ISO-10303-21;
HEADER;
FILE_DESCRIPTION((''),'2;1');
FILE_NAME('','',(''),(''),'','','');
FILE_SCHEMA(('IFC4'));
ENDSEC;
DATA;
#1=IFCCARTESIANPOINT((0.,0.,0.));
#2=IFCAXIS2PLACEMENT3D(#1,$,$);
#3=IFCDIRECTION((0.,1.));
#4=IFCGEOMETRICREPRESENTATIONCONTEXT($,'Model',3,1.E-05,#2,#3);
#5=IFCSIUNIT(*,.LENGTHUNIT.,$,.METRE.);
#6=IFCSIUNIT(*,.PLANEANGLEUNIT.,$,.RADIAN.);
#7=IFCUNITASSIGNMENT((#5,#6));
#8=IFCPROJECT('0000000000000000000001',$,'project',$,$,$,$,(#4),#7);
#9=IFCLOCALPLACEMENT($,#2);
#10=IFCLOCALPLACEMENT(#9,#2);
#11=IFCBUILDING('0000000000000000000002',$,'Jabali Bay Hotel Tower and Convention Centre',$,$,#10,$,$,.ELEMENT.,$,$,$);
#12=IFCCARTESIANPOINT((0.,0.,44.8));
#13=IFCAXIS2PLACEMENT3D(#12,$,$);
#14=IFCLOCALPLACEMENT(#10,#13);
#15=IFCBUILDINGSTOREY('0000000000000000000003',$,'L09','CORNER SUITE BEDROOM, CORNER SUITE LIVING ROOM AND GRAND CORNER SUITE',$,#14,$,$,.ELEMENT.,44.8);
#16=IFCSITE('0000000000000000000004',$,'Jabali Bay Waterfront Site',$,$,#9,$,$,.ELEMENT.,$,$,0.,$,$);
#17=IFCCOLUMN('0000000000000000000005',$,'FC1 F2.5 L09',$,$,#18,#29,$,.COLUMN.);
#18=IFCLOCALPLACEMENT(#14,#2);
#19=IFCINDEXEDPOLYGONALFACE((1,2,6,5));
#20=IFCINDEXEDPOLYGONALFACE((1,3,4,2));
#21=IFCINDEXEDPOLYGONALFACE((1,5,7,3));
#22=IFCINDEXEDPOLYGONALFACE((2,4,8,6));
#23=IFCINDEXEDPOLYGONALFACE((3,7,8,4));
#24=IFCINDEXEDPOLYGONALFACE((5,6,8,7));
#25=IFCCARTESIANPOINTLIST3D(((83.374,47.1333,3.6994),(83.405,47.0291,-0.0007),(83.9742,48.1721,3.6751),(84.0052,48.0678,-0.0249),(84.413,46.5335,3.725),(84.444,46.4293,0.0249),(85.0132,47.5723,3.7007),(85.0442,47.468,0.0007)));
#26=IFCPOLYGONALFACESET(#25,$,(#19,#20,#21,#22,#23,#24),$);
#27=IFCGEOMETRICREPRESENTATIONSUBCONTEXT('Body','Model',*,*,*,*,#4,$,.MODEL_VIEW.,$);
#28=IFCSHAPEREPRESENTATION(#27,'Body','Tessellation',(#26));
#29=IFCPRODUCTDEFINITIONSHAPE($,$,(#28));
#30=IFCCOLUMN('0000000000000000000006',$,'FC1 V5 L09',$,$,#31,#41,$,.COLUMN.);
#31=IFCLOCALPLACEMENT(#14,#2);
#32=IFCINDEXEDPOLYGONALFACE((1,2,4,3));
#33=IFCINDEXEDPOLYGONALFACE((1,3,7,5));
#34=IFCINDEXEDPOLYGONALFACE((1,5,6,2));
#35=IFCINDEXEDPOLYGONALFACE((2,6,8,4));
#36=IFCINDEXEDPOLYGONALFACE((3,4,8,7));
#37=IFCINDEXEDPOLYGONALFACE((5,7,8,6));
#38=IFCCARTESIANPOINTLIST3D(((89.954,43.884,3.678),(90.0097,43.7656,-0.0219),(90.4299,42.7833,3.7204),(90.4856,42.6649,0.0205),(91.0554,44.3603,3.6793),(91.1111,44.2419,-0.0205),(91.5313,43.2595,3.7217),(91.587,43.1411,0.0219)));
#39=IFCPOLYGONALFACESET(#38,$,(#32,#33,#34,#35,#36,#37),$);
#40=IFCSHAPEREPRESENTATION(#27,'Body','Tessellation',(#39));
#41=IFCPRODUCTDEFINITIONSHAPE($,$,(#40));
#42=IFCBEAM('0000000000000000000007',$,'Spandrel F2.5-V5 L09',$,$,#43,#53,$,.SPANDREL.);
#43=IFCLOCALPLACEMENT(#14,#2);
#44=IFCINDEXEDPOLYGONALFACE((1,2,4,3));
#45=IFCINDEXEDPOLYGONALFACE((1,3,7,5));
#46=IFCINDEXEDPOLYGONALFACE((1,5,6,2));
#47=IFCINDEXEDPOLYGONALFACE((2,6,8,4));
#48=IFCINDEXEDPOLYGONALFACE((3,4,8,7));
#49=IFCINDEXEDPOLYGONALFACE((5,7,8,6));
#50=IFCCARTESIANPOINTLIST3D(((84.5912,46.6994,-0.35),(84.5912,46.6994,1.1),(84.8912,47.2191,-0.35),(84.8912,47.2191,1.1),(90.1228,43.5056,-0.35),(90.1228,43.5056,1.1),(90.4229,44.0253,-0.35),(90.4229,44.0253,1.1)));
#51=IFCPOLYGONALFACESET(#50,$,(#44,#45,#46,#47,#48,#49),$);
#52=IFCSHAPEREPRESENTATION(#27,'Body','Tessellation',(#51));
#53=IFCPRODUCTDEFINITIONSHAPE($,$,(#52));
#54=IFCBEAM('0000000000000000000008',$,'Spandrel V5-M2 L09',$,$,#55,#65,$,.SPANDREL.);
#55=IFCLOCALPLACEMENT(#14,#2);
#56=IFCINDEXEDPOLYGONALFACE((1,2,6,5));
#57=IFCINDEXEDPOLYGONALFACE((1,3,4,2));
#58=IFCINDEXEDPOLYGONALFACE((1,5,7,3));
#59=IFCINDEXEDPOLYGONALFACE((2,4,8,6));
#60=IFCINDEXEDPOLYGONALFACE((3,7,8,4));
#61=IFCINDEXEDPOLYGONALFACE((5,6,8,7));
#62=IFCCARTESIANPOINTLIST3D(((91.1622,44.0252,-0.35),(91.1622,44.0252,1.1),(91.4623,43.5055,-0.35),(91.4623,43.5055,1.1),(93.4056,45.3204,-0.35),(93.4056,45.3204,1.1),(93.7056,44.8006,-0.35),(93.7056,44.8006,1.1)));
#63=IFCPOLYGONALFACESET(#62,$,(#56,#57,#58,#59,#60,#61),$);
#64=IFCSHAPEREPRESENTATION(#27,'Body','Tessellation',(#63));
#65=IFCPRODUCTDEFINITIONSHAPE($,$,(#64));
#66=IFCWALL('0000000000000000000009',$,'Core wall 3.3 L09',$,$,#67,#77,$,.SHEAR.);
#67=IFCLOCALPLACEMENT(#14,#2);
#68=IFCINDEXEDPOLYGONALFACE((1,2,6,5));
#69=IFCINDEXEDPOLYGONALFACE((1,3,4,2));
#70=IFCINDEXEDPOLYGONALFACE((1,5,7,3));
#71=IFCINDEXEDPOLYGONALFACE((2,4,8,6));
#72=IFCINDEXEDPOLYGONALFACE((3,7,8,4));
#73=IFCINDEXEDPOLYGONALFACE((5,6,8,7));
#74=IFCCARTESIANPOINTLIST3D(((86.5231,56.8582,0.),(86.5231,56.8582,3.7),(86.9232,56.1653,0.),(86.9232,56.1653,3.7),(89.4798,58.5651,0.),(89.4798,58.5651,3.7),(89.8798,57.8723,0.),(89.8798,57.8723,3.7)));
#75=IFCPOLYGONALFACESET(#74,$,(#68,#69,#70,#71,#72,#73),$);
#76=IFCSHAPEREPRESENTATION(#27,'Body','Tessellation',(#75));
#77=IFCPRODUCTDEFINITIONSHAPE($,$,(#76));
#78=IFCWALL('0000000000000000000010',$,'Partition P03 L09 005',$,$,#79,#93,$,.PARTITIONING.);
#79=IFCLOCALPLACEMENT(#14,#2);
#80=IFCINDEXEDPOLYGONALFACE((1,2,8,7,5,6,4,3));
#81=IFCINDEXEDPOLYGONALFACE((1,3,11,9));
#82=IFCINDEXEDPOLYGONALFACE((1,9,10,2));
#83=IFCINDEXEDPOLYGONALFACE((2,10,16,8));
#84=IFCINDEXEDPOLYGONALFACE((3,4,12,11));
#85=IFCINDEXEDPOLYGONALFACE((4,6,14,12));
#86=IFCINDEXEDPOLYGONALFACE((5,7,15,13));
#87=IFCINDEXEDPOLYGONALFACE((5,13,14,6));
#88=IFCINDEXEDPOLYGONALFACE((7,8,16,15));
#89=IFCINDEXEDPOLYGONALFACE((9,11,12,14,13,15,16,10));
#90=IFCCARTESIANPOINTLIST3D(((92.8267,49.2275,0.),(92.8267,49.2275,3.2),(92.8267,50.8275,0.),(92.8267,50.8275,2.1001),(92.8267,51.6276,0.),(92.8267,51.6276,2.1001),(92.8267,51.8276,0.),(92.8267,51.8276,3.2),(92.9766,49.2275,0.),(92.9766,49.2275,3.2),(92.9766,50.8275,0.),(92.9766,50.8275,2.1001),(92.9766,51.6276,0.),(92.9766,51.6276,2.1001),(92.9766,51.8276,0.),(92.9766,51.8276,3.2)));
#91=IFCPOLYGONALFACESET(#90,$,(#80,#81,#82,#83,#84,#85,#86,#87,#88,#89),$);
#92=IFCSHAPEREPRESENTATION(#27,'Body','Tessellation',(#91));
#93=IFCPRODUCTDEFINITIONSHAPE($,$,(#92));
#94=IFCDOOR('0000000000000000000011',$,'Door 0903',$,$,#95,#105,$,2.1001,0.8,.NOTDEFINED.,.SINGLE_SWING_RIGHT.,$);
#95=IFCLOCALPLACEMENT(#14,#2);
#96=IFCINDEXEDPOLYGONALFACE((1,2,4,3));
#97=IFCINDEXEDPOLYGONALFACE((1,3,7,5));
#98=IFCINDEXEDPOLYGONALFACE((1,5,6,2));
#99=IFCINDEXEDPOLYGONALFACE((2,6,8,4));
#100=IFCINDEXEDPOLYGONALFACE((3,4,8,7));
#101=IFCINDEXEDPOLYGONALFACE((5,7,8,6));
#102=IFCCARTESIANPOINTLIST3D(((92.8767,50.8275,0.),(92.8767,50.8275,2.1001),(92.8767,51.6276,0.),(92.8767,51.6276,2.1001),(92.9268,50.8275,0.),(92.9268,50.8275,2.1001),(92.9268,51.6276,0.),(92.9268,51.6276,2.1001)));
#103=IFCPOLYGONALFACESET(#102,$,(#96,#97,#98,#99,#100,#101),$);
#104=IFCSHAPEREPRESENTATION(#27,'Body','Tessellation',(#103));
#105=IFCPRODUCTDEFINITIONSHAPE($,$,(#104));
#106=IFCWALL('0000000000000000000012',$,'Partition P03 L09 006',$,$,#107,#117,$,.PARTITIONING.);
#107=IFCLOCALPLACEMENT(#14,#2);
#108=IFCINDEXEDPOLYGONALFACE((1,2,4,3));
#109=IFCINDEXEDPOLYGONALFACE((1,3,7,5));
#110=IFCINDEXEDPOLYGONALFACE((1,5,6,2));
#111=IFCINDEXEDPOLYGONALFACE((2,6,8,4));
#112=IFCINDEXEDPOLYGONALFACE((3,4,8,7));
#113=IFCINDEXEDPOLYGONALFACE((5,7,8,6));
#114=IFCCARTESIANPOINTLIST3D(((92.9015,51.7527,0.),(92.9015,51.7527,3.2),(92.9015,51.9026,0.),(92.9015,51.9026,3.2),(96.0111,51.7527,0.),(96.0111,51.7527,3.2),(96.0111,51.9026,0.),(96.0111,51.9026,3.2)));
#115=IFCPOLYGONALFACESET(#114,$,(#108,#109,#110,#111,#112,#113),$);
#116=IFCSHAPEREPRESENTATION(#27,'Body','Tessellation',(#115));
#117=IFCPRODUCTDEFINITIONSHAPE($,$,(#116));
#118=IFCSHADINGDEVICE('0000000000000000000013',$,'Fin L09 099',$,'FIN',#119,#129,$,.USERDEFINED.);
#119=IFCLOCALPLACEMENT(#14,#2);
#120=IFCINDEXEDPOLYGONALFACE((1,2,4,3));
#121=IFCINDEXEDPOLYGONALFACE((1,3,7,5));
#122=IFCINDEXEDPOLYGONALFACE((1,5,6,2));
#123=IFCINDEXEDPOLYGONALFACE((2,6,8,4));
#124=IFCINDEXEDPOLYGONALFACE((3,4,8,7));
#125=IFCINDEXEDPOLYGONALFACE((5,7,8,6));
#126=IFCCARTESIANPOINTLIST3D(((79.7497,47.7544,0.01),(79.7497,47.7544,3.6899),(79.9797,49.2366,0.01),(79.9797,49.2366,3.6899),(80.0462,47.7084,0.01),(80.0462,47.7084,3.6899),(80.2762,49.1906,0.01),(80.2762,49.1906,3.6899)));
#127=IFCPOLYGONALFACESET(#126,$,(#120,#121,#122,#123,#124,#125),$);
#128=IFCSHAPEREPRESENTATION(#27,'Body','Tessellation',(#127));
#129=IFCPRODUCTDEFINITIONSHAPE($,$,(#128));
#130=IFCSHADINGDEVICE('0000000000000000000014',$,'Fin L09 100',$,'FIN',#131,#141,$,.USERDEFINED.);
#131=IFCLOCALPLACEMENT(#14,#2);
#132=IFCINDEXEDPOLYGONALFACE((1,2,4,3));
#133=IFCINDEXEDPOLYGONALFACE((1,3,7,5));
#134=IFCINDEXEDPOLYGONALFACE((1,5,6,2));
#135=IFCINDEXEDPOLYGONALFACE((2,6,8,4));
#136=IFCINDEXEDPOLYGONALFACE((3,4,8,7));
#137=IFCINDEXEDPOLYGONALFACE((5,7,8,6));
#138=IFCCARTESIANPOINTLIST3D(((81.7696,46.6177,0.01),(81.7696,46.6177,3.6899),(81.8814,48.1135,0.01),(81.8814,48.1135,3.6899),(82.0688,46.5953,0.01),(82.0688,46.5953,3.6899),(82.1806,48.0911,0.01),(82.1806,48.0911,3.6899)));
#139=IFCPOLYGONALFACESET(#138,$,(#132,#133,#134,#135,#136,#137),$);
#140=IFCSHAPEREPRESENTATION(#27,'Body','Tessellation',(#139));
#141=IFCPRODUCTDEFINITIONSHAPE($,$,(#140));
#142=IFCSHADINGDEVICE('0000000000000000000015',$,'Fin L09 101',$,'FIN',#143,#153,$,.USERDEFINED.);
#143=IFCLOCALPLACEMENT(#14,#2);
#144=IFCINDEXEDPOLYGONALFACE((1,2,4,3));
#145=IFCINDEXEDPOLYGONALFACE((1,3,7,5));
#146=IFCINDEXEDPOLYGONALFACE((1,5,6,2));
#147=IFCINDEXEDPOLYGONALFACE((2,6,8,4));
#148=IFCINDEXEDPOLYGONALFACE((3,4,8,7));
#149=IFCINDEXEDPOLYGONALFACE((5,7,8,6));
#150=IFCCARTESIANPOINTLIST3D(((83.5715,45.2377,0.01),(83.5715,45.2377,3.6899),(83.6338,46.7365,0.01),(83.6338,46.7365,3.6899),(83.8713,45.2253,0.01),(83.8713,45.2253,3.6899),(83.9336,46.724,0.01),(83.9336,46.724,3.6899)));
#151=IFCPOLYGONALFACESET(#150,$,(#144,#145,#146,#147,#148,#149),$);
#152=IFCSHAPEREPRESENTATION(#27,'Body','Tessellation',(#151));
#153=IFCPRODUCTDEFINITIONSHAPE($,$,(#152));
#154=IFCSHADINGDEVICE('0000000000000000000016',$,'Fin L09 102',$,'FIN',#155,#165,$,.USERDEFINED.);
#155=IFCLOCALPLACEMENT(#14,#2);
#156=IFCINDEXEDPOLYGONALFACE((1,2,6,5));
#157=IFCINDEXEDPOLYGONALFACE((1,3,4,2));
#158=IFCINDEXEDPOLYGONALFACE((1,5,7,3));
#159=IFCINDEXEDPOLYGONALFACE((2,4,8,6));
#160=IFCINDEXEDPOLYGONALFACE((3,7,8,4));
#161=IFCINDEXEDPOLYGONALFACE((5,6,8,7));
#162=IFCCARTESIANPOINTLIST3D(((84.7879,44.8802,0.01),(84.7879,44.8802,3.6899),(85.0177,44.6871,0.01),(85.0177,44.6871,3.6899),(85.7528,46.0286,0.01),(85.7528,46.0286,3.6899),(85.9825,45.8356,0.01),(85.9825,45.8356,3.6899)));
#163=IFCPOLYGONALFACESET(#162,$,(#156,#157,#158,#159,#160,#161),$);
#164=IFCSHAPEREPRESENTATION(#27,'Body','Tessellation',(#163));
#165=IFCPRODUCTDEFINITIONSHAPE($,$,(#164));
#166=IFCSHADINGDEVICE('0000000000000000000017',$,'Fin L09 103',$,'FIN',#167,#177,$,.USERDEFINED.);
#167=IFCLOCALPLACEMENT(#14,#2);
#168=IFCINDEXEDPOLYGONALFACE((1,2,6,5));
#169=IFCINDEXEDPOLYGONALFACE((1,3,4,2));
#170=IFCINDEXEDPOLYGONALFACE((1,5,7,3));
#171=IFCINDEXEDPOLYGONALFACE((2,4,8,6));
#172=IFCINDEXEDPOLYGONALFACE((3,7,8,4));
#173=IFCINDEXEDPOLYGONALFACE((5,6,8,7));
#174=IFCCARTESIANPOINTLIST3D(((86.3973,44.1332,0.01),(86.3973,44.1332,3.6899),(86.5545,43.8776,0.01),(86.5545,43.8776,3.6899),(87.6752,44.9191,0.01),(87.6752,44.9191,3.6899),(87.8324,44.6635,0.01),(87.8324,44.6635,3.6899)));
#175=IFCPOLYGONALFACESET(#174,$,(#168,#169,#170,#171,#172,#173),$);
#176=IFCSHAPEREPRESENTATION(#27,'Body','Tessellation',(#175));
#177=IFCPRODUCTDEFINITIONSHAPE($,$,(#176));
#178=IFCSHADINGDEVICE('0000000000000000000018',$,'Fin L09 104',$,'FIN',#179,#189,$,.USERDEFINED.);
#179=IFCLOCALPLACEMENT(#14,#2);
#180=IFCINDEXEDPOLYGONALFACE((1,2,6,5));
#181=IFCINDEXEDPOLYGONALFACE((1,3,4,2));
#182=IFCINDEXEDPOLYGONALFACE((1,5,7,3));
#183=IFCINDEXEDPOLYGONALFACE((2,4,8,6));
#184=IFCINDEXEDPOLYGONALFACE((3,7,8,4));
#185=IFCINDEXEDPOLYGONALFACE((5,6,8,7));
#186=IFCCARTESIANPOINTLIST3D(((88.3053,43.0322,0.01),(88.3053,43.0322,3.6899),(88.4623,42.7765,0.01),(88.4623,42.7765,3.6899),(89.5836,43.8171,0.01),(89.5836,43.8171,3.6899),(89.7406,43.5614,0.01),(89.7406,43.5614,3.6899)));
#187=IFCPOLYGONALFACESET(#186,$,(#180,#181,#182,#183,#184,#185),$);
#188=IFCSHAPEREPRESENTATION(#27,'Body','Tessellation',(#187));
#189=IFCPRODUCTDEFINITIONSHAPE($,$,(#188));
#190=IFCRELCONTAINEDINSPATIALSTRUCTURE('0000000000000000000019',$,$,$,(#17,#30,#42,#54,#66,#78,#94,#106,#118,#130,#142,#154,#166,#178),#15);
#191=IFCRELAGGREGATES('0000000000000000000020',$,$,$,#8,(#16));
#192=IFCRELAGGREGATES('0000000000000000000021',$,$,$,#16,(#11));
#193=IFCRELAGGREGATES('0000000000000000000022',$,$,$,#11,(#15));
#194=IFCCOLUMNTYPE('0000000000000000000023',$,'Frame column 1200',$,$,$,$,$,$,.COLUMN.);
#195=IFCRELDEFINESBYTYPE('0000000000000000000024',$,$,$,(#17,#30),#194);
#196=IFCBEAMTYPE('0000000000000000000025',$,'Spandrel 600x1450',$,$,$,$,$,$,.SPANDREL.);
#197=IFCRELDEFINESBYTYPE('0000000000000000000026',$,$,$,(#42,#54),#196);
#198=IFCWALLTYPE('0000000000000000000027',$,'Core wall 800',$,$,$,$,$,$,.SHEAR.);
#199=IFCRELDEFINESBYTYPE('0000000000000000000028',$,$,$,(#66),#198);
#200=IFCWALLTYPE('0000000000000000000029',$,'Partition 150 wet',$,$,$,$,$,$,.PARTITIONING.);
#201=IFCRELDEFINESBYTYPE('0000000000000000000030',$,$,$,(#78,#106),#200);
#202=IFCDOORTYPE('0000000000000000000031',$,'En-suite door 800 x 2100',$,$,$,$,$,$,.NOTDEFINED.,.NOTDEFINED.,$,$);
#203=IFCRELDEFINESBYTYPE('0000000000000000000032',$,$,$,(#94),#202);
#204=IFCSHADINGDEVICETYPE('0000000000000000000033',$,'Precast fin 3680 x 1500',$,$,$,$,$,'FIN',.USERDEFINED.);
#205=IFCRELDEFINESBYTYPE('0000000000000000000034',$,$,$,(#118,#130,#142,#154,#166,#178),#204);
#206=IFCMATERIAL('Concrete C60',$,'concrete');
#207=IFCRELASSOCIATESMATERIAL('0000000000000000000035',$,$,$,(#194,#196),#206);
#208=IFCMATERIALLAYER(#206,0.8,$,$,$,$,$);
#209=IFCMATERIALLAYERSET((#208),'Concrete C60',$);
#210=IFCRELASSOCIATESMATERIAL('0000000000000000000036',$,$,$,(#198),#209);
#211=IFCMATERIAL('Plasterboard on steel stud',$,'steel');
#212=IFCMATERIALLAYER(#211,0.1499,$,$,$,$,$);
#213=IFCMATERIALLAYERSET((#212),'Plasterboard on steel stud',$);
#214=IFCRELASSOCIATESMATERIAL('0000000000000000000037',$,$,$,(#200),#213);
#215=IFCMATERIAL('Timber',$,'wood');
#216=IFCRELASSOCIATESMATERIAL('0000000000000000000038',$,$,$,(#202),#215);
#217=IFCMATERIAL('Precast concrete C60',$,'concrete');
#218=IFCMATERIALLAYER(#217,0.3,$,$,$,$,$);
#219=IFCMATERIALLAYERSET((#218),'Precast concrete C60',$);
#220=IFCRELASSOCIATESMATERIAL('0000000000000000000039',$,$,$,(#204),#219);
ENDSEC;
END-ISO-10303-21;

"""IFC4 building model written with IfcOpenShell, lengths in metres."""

from ifc_helpers import new_model, si_unit, direction, frame, frame_2d, origin, origin_2d, place, context, subcontext, project, spatial, rectangle, extrude, material, layer, layer_set, material_profile, profile_set, type_object, element, fill, save


model = new_model("IFC4")

# Units and contexts
model_context = context("Model", 3, precision=1e-05, world=origin(), true_north=direction((0.0, 1.0)))
body_context = subcontext(model_context, "Body", "Model", "MODEL_VIEW")
ifc_project = project(units=[si_unit("LENGTHUNIT", "METRE"), si_unit("PLANEANGLEUNIT", "RADIAN")], contexts=[model_context])

# Site, building, storey
site_placement = place(None, origin())
site = spatial("IfcSite", under=ifc_project, at=site_placement, Name="Jabali Bay Waterfront Site", CompositionType="ELEMENT", RefElevation=0.0)
building_placement = place(site_placement, origin())
building = spatial("IfcBuilding", under=site, at=building_placement, Name="Jabali Bay Hotel Tower and Convention Centre", CompositionType="ELEMENT")
storey_placement = place(building_placement, frame((0.0, 0.0, 44.8)))
storey = spatial("IfcBuildingStorey", under=building, at=storey_placement, Name="L09", Description="CORNER SUITE BEDROOM, CORNER SUITE LIVING ROOM AND GRAND CORNER SUITE", CompositionType="ELEMENT", Elevation=44.8)

# Columns
ifc_material_1 = material(Name="Concrete C60", Category="concrete")
ifc_material_profile_1 = material_profile(ifc_material_1, rectangle(XDim=1.2, YDim=1.2, at=origin_2d()), Name="Frame column 1200")
ifc_profile_set_1 = profile_set([ifc_material_profile_1], Name="Concrete C60")
column_type = type_object("IfcColumnType", Name="Frame column 1200", PredefinedType="COLUMN", material=ifc_profile_set_1)
column_1_placement = place(storey_placement, frame((84.2246, 47.2485, 0.0), z_axis=(-0.008376, 0.028163, 0.999568), x_axis=(-0.500228, -0.865658, 0.020198)))
element("IfcColumn", 1, at=column_1_placement, inside=storey, type_object=column_type, Name="FC1 F2.5 L09", PredefinedType="COLUMN", context=body_context, shape_type="SweptSolid", body=[
    extrude(rectangle(XDim=1.2, YDim=1.2, at=origin_2d()), origin(), (0.0, 0.0, 1.0), 3.7017),
])
column_2_placement = place(storey_placement, frame((90.7983, 43.4534, 0.0), z_axis=(-0.015035, 0.031983, 0.999375), x_axis=(0.396597, -0.917313, 0.035323)))
element("IfcColumn", 2, at=column_2_placement, inside=storey, type_object=column_type, Name="FC1 V5 L09", PredefinedType="COLUMN", context=body_context, shape_type="SweptSolid", body=[
    extrude(rectangle(XDim=1.2, YDim=1.2, at=origin_2d()), origin(), (0.0, 0.0, 1.0), 3.7021),
])

# Beams
ifc_material_profile_2 = material_profile(ifc_material_1, rectangle(XDim=0.6001, YDim=1.45, at=origin_2d()), Name="Spandrel 600x1450")
ifc_profile_set_2 = profile_set([ifc_material_profile_2], Name="Concrete C60")
beam_type = type_object("IfcBeamType", Name="Spandrel 600x1450", PredefinedType="SPANDREL", material=ifc_profile_set_2)
beam_1_placement = place(storey_placement, frame((84.7412, 46.9592, 0.375), z_axis=(0.866019, -0.500011, 0.0), x_axis=(0.500011, 0.866019, 0.0)))
element("IfcBeam", 3, at=beam_1_placement, inside=storey, type_object=beam_type, Name="Spandrel F2.5-V5 L09", PredefinedType="SPANDREL", context=body_context, shape_type="SweptSolid", body=[
    extrude(rectangle(XDim=0.6001, YDim=1.45, at=origin_2d()), origin(), (0.0, 0.0, 1.0), 6.3875),
])
beam_2_placement = place(storey_placement, frame((91.3123, 43.7654, 0.375), z_axis=(0.866036, 0.499981, 0.0), x_axis=(-0.499981, 0.866036, 0.0)))
element("IfcBeam", 4, at=beam_2_placement, inside=storey, type_object=beam_type, Name="Spandrel V5-M2 L09", PredefinedType="SPANDREL", context=body_context, shape_type="SweptSolid", body=[
    extrude(rectangle(XDim=0.6001, YDim=1.45, at=origin_2d()), origin(), (0.0, 0.0, 1.0), 2.5903),
])

# Wall
ifc_layer_1 = layer(ifc_material_1, 0.8)
ifc_layer_set_1 = layer_set([ifc_layer_1], Name="Concrete C60")
wall_type_1 = type_object("IfcWallType", Name="Core wall 800", PredefinedType="SHEAR", material=ifc_layer_set_1)
wall_1_placement = place(storey_placement, frame((86.7231, 56.5117, 0.0), z_axis=(0.0, 0.0, 1.0), x_axis=(0.866034, 0.499984, 0.0)))
element("IfcWall", 5, at=wall_1_placement, inside=storey, type_object=wall_type_1, Name="Core wall 3.3 L09", PredefinedType="SHEAR", context=body_context, shape_type="SweptSolid", body=[
    extrude(rectangle(XDim=3.4141, YDim=0.8, at=frame_2d((1.707, 0.0))), origin(), (0.0, 0.0, 1.0), 3.7),
])

# Wall, opening, door
ifc_material_2 = material(Name="Plasterboard on steel stud", Category="steel")
ifc_layer_2 = layer(ifc_material_2, 0.1499)
ifc_layer_set_2 = layer_set([ifc_layer_2], Name="Plasterboard on steel stud")
wall_type_2 = type_object("IfcWallType", Name="Partition 150 wet", PredefinedType="PARTITIONING", material=ifc_layer_set_2)
wall_2_placement = place(storey_placement, frame((92.9016, 49.2275, 0.0), z_axis=(0.0, 0.0, 1.0), x_axis=(0.0, 1.0, 0.0)))
wall_2 = element("IfcWall", 6, at=wall_2_placement, inside=storey, type_object=wall_type_2, Name="Partition P03 L09 005", PredefinedType="PARTITIONING", context=body_context, shape_type="SweptSolid", body=[
    extrude(rectangle(XDim=2.6001, YDim=0.1499, at=frame_2d((1.3, 0.0))), origin(), (0.0, 0.0, 1.0), 3.2),
])
opening_1_placement = place(wall_2_placement, frame((1.6001, 0.0, 0.0)))
opening_1 = element("IfcOpeningElement", 7, at=opening_1_placement, cuts=wall_2, PredefinedType="OPENING", context=body_context, shape_type="SweptSolid", body=[
    extrude(rectangle(XDim=0.8, YDim=2.1001, at=frame_2d((0.3999, 1.05))), frame((0.0, 0.0854, 0.0), z_axis=(0.0, -1.0, 0.0), x_axis=(1.0, 0.0, 0.0)), (0.0, 0.0, 1.0), 0.1709),
])
ifc_material_3 = material(Name="Timber", Category="wood")
door_type_1 = type_object("IfcDoorType", Name="En-suite door 800 x 2100", OperationType="NOTDEFINED", PredefinedType="NOTDEFINED", material=ifc_material_3)
door_1_placement = place(opening_1_placement, origin())
door_1 = element("IfcDoor", 8, at=door_1_placement, inside=storey, type_object=door_type_1, Name="Door 0903", OperationType="SINGLE_SWING_RIGHT", OverallHeight=2.1001, OverallWidth=0.8, PredefinedType="NOTDEFINED", context=body_context, shape_type="SweptSolid", body=[
    extrude(rectangle(XDim=0.8, YDim=2.1001, at=frame_2d((0.3999, 1.05))), frame((0.0, 0.0249, 0.0), z_axis=(0.0, -1.0, 0.0), x_axis=(1.0, 0.0, 0.0)), (0.0, 0.0, 1.0), 0.05),
])
fill(opening_1, door_1)

# Wall
wall_3_placement = place(storey_placement, frame((92.9016, 51.8276, 0.0), z_axis=(0.0, 0.0, 1.0), x_axis=(1.0, 0.0, 0.0)))
element("IfcWall", 9, at=wall_3_placement, inside=storey, type_object=wall_type_2, Name="Partition P03 L09 006", PredefinedType="PARTITIONING", context=body_context, shape_type="SweptSolid", body=[
    extrude(rectangle(XDim=3.1096, YDim=0.1499, at=frame_2d((1.5547, 0.0))), origin(), (0.0, 0.0, 1.0), 3.2),
])

# Shading devices
ifc_material_4 = material(Name="Precast concrete C60", Category="concrete")
ifc_layer_3 = layer(ifc_material_4, 0.3)
ifc_layer_set_3 = layer_set([ifc_layer_3], Name="Precast concrete C60")
shading_device_type = type_object("IfcShadingDeviceType", Name="Precast fin 3680 x 1500", ElementType="FIN", PredefinedType="USERDEFINED", material=ifc_layer_set_3)
for number, where, z_axis, x_axis, name in (
    (10, (80.1279, 49.2136, 0.01), (0.0, 0.0, 1.0), (-0.153329, -0.988175, 0.0), "Fin L09 099"),
    (11, (82.031, 48.1023, 0.01), (0.0, 0.0, 1.0), (-0.074543, -0.997218, 0.0), "Fin L09 100"),
    (12, (83.7837, 46.7302, 0.01), (0.0, 0.0, 1.0), (-0.041502, -0.999138, 0.0), "Fin L09 101"),
    (13, (85.8677, 45.9321, 0.01), (0.0, 0.0, 1.0), (-0.643253, -0.765654, 0.0), "Fin L09 102"),
):
    element("IfcShadingDevice", number, at=place(storey_placement, frame(where, z_axis=z_axis, x_axis=x_axis)), inside=storey, type_object=shading_device_type, Name=name, ObjectType="FIN", PredefinedType="USERDEFINED", context=body_context, shape_type="SweptSolid", body=[
        extrude(rectangle(XDim=1.5, YDim=0.3, at=frame_2d((0.75, 0.0))), origin(), (0.0, 0.0, 1.0), 3.6799),
    ])
shading_device_1_placement = place(storey_placement, frame((87.7537, 44.7913, 0.01), z_axis=(0.0, 0.0, 1.0), x_axis=(-0.851798, -0.52387, 0.0)))
element("IfcShadingDevice", 14, at=shading_device_1_placement, inside=storey, type_object=shading_device_type, Name="Fin L09 103", ObjectType="FIN", PredefinedType="USERDEFINED", context=body_context, shape_type="SweptSolid", body=[
    extrude(rectangle(XDim=1.5002, YDim=0.3, at=frame_2d((0.75, 0.0))), origin(), (0.0, 0.0, 1.0), 3.6799),
])
for number, where, z_axis, x_axis, name in (
    (15, (89.6621, 43.6892, 0.01), (0.0, 0.0, 1.0), (-0.852178, -0.523253, 0.0), "Fin L09 104"),
):
    element("IfcShadingDevice", number, at=place(storey_placement, frame(where, z_axis=z_axis, x_axis=x_axis)), inside=storey, type_object=shading_device_type, Name=name, ObjectType="FIN", PredefinedType="USERDEFINED", context=body_context, shape_type="SweptSolid", body=[
        extrude(rectangle(XDim=1.5, YDim=0.3, at=frame_2d((0.75, 0.0))), origin(), (0.0, 0.0, 1.0), 3.6799),
    ])

save(model, "model.ifc")
